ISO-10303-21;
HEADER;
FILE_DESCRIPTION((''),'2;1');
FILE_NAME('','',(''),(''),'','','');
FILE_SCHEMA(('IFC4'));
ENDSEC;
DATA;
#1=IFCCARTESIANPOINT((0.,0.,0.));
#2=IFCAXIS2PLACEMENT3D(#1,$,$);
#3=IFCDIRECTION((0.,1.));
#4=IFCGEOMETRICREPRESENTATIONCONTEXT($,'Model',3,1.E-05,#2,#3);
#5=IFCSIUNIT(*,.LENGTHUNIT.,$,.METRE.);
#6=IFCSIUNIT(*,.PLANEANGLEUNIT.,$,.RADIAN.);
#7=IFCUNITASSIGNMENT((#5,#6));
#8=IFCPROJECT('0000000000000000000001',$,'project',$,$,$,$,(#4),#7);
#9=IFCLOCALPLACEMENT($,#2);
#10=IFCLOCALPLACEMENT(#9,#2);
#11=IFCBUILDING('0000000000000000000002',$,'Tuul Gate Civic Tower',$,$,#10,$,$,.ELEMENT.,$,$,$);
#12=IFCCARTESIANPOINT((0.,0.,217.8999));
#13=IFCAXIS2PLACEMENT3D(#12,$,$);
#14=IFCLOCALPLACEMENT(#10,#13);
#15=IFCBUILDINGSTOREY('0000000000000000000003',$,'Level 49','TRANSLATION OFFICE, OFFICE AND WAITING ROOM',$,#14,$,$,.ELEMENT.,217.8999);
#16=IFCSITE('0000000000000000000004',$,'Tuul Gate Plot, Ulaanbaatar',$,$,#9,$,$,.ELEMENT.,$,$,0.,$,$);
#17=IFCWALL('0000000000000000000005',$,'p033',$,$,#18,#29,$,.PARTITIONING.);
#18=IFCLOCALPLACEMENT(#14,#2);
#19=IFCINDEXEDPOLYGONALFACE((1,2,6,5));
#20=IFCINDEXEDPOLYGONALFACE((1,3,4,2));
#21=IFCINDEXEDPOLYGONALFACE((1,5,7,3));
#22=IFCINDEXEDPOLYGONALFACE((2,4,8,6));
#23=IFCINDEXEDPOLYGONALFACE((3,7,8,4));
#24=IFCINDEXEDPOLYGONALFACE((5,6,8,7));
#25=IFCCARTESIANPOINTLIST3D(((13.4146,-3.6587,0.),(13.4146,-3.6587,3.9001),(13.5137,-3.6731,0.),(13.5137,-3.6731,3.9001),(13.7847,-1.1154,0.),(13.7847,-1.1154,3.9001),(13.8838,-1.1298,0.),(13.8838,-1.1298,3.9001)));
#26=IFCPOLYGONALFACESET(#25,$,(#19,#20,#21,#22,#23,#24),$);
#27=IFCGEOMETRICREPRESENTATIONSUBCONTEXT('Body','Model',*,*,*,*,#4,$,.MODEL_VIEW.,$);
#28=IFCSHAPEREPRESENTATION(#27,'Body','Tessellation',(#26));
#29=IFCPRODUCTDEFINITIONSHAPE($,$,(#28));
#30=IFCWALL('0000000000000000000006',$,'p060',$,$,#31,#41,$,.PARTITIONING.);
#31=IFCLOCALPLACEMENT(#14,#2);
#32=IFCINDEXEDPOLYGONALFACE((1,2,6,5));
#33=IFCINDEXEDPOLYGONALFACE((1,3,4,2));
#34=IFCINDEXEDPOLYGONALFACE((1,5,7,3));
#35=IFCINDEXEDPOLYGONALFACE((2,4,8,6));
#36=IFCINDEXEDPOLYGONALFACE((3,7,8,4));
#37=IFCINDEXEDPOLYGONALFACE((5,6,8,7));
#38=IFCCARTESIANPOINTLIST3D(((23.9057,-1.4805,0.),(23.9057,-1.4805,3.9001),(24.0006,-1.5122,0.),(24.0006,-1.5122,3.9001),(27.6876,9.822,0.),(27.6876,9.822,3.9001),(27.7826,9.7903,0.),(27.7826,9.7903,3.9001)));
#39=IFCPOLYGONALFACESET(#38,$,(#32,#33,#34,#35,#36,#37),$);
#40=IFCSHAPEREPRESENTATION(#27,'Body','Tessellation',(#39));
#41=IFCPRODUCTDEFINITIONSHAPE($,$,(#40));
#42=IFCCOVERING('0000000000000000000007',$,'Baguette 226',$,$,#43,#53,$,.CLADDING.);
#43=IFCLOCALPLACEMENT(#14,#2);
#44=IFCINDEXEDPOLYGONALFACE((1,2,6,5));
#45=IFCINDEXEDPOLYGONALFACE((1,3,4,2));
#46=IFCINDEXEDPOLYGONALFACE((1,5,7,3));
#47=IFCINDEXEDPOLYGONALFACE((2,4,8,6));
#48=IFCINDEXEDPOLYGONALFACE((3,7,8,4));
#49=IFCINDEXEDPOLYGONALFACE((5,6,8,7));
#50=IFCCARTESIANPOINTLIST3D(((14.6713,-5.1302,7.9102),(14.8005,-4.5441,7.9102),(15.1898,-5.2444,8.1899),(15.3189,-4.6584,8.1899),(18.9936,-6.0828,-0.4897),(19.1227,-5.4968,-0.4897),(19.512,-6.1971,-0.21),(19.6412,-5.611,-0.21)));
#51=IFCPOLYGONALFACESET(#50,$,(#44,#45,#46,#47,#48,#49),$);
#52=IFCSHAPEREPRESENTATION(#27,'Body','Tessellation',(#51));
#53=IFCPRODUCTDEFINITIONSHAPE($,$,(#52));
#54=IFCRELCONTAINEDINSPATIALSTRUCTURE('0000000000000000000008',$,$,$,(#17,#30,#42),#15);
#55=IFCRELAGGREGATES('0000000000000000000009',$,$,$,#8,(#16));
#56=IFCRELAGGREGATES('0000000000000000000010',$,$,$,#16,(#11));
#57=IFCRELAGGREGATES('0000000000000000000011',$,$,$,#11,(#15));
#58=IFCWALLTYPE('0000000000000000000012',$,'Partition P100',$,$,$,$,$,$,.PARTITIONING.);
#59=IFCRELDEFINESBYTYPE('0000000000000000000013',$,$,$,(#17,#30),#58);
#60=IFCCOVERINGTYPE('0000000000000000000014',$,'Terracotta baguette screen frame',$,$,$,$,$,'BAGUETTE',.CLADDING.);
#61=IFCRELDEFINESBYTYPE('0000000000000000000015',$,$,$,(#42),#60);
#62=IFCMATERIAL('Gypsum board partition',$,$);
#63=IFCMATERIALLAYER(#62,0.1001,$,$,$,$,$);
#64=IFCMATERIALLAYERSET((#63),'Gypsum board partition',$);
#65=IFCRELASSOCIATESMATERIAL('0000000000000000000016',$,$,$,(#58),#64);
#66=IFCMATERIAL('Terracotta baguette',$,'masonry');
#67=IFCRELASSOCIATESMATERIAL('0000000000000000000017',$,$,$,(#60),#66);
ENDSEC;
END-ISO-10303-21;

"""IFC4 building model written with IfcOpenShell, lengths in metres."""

from ifc_helpers import new_model, si_unit, direction, frame, frame_2d, origin, origin_2d, place, context, subcontext, project, spatial, rectangle, extrude, material, layer, layer_set, material_profile, profile_set, type_object, element, save


model = new_model("IFC4")

# Units and contexts
model_context = context("Model", 3, precision=1e-05, world=origin(), true_north=direction((0.0, 1.0)))
body_context = subcontext(model_context, "Body", "Model", "MODEL_VIEW")
ifc_project = project(units=[si_unit("LENGTHUNIT", "METRE"), si_unit("PLANEANGLEUNIT", "RADIAN")], contexts=[model_context])

# Site, building, storey
site_placement = place(None, origin())
site = spatial("IfcSite", under=ifc_project, at=site_placement, Name="Tuul Gate Plot, Ulaanbaatar", CompositionType="ELEMENT", RefElevation=0.0)
building_placement = place(site_placement, origin())
building = spatial("IfcBuilding", under=site, at=building_placement, Name="Tuul Gate Civic Tower", CompositionType="ELEMENT")
storey_placement = place(building_placement, frame((0.0, 0.0, 217.8999)))
storey = spatial("IfcBuildingStorey", under=building, at=storey_placement, Name="Level 49", Description="TRANSLATION OFFICE, OFFICE AND WAITING ROOM", CompositionType="ELEMENT", Elevation=217.8999)

# Walls
ifc_material_1 = material(Name="Gypsum board partition")
ifc_layer_1 = layer(ifc_material_1, 0.1001)
ifc_layer_set_1 = layer_set([ifc_layer_1], Name="Gypsum board partition")
wall_type_1 = type_object("IfcWallType", Name="Partition P100", PredefinedType="PARTITIONING", material=ifc_layer_set_1)
wall_1_placement = place(storey_placement, frame((13.4641, -3.666, 0.0), z_axis=(0.0, 0.0, 1.0), x_axis=(0.144014, 0.989576, 0.0)))
element("IfcWall", 1, at=wall_1_placement, inside=storey, type_object=wall_type_1, Name="p033", PredefinedType="PARTITIONING", context=body_context, shape_type="SweptSolid", body=[
    extrude(rectangle(XDim=2.5701, YDim=0.1001, at=frame_2d((1.2852, 0.0))), origin(), (0.0, 0.0, 1.0), 3.9001),
])
wall_2_placement = place(storey_placement, frame((23.9531, -1.4963, 0.0), z_axis=(0.0, 0.0, 1.0), x_axis=(0.317321, 0.948318, 0.0)))
element("IfcWall", 2, at=wall_2_placement, inside=storey, type_object=wall_type_1, Name="p060", PredefinedType="PARTITIONING", context=body_context, shape_type="SweptSolid", body=[
    extrude(rectangle(XDim=11.9185, YDim=0.1001, at=frame_2d((5.9592, 0.0))), origin(), (0.0, 0.0, 1.0), 3.9001),
])

# Covering
ifc_material_2 = material(Name="Terracotta baguette", Category="masonry")
ifc_material_profile_1 = material_profile(ifc_material_2, rectangle(XDim=0.6001, YDim=0.6001, at=origin_2d()), Name="Terracotta baguette screen frame")
ifc_profile_set_1 = profile_set([ifc_material_profile_1], Name="Terracotta baguette")
covering_type = type_object("IfcCoveringType", Name="Terracotta baguette screen frame", ElementType="BAGUETTE", PredefinedType="CLADDING", material=ifc_profile_set_1)
covering_placement = place(storey_placement, frame((14.9951, -4.8943, 8.05), z_axis=(0.455233, -0.100334, -0.884701), x_axis=(0.215236, 0.976562, 0.0)))
element("IfcCovering", 3, at=covering_placement, inside=storey, type_object=covering_type, Name="Baguette 226", PredefinedType="CLADDING", context=body_context, shape_type="SweptSolid", body=[
    extrude(rectangle(XDim=0.6001, YDim=0.6001, at=origin_2d()), origin(), (0.0, 0.0, 1.0), 9.4946),
])

save(model, "model.ifc")
